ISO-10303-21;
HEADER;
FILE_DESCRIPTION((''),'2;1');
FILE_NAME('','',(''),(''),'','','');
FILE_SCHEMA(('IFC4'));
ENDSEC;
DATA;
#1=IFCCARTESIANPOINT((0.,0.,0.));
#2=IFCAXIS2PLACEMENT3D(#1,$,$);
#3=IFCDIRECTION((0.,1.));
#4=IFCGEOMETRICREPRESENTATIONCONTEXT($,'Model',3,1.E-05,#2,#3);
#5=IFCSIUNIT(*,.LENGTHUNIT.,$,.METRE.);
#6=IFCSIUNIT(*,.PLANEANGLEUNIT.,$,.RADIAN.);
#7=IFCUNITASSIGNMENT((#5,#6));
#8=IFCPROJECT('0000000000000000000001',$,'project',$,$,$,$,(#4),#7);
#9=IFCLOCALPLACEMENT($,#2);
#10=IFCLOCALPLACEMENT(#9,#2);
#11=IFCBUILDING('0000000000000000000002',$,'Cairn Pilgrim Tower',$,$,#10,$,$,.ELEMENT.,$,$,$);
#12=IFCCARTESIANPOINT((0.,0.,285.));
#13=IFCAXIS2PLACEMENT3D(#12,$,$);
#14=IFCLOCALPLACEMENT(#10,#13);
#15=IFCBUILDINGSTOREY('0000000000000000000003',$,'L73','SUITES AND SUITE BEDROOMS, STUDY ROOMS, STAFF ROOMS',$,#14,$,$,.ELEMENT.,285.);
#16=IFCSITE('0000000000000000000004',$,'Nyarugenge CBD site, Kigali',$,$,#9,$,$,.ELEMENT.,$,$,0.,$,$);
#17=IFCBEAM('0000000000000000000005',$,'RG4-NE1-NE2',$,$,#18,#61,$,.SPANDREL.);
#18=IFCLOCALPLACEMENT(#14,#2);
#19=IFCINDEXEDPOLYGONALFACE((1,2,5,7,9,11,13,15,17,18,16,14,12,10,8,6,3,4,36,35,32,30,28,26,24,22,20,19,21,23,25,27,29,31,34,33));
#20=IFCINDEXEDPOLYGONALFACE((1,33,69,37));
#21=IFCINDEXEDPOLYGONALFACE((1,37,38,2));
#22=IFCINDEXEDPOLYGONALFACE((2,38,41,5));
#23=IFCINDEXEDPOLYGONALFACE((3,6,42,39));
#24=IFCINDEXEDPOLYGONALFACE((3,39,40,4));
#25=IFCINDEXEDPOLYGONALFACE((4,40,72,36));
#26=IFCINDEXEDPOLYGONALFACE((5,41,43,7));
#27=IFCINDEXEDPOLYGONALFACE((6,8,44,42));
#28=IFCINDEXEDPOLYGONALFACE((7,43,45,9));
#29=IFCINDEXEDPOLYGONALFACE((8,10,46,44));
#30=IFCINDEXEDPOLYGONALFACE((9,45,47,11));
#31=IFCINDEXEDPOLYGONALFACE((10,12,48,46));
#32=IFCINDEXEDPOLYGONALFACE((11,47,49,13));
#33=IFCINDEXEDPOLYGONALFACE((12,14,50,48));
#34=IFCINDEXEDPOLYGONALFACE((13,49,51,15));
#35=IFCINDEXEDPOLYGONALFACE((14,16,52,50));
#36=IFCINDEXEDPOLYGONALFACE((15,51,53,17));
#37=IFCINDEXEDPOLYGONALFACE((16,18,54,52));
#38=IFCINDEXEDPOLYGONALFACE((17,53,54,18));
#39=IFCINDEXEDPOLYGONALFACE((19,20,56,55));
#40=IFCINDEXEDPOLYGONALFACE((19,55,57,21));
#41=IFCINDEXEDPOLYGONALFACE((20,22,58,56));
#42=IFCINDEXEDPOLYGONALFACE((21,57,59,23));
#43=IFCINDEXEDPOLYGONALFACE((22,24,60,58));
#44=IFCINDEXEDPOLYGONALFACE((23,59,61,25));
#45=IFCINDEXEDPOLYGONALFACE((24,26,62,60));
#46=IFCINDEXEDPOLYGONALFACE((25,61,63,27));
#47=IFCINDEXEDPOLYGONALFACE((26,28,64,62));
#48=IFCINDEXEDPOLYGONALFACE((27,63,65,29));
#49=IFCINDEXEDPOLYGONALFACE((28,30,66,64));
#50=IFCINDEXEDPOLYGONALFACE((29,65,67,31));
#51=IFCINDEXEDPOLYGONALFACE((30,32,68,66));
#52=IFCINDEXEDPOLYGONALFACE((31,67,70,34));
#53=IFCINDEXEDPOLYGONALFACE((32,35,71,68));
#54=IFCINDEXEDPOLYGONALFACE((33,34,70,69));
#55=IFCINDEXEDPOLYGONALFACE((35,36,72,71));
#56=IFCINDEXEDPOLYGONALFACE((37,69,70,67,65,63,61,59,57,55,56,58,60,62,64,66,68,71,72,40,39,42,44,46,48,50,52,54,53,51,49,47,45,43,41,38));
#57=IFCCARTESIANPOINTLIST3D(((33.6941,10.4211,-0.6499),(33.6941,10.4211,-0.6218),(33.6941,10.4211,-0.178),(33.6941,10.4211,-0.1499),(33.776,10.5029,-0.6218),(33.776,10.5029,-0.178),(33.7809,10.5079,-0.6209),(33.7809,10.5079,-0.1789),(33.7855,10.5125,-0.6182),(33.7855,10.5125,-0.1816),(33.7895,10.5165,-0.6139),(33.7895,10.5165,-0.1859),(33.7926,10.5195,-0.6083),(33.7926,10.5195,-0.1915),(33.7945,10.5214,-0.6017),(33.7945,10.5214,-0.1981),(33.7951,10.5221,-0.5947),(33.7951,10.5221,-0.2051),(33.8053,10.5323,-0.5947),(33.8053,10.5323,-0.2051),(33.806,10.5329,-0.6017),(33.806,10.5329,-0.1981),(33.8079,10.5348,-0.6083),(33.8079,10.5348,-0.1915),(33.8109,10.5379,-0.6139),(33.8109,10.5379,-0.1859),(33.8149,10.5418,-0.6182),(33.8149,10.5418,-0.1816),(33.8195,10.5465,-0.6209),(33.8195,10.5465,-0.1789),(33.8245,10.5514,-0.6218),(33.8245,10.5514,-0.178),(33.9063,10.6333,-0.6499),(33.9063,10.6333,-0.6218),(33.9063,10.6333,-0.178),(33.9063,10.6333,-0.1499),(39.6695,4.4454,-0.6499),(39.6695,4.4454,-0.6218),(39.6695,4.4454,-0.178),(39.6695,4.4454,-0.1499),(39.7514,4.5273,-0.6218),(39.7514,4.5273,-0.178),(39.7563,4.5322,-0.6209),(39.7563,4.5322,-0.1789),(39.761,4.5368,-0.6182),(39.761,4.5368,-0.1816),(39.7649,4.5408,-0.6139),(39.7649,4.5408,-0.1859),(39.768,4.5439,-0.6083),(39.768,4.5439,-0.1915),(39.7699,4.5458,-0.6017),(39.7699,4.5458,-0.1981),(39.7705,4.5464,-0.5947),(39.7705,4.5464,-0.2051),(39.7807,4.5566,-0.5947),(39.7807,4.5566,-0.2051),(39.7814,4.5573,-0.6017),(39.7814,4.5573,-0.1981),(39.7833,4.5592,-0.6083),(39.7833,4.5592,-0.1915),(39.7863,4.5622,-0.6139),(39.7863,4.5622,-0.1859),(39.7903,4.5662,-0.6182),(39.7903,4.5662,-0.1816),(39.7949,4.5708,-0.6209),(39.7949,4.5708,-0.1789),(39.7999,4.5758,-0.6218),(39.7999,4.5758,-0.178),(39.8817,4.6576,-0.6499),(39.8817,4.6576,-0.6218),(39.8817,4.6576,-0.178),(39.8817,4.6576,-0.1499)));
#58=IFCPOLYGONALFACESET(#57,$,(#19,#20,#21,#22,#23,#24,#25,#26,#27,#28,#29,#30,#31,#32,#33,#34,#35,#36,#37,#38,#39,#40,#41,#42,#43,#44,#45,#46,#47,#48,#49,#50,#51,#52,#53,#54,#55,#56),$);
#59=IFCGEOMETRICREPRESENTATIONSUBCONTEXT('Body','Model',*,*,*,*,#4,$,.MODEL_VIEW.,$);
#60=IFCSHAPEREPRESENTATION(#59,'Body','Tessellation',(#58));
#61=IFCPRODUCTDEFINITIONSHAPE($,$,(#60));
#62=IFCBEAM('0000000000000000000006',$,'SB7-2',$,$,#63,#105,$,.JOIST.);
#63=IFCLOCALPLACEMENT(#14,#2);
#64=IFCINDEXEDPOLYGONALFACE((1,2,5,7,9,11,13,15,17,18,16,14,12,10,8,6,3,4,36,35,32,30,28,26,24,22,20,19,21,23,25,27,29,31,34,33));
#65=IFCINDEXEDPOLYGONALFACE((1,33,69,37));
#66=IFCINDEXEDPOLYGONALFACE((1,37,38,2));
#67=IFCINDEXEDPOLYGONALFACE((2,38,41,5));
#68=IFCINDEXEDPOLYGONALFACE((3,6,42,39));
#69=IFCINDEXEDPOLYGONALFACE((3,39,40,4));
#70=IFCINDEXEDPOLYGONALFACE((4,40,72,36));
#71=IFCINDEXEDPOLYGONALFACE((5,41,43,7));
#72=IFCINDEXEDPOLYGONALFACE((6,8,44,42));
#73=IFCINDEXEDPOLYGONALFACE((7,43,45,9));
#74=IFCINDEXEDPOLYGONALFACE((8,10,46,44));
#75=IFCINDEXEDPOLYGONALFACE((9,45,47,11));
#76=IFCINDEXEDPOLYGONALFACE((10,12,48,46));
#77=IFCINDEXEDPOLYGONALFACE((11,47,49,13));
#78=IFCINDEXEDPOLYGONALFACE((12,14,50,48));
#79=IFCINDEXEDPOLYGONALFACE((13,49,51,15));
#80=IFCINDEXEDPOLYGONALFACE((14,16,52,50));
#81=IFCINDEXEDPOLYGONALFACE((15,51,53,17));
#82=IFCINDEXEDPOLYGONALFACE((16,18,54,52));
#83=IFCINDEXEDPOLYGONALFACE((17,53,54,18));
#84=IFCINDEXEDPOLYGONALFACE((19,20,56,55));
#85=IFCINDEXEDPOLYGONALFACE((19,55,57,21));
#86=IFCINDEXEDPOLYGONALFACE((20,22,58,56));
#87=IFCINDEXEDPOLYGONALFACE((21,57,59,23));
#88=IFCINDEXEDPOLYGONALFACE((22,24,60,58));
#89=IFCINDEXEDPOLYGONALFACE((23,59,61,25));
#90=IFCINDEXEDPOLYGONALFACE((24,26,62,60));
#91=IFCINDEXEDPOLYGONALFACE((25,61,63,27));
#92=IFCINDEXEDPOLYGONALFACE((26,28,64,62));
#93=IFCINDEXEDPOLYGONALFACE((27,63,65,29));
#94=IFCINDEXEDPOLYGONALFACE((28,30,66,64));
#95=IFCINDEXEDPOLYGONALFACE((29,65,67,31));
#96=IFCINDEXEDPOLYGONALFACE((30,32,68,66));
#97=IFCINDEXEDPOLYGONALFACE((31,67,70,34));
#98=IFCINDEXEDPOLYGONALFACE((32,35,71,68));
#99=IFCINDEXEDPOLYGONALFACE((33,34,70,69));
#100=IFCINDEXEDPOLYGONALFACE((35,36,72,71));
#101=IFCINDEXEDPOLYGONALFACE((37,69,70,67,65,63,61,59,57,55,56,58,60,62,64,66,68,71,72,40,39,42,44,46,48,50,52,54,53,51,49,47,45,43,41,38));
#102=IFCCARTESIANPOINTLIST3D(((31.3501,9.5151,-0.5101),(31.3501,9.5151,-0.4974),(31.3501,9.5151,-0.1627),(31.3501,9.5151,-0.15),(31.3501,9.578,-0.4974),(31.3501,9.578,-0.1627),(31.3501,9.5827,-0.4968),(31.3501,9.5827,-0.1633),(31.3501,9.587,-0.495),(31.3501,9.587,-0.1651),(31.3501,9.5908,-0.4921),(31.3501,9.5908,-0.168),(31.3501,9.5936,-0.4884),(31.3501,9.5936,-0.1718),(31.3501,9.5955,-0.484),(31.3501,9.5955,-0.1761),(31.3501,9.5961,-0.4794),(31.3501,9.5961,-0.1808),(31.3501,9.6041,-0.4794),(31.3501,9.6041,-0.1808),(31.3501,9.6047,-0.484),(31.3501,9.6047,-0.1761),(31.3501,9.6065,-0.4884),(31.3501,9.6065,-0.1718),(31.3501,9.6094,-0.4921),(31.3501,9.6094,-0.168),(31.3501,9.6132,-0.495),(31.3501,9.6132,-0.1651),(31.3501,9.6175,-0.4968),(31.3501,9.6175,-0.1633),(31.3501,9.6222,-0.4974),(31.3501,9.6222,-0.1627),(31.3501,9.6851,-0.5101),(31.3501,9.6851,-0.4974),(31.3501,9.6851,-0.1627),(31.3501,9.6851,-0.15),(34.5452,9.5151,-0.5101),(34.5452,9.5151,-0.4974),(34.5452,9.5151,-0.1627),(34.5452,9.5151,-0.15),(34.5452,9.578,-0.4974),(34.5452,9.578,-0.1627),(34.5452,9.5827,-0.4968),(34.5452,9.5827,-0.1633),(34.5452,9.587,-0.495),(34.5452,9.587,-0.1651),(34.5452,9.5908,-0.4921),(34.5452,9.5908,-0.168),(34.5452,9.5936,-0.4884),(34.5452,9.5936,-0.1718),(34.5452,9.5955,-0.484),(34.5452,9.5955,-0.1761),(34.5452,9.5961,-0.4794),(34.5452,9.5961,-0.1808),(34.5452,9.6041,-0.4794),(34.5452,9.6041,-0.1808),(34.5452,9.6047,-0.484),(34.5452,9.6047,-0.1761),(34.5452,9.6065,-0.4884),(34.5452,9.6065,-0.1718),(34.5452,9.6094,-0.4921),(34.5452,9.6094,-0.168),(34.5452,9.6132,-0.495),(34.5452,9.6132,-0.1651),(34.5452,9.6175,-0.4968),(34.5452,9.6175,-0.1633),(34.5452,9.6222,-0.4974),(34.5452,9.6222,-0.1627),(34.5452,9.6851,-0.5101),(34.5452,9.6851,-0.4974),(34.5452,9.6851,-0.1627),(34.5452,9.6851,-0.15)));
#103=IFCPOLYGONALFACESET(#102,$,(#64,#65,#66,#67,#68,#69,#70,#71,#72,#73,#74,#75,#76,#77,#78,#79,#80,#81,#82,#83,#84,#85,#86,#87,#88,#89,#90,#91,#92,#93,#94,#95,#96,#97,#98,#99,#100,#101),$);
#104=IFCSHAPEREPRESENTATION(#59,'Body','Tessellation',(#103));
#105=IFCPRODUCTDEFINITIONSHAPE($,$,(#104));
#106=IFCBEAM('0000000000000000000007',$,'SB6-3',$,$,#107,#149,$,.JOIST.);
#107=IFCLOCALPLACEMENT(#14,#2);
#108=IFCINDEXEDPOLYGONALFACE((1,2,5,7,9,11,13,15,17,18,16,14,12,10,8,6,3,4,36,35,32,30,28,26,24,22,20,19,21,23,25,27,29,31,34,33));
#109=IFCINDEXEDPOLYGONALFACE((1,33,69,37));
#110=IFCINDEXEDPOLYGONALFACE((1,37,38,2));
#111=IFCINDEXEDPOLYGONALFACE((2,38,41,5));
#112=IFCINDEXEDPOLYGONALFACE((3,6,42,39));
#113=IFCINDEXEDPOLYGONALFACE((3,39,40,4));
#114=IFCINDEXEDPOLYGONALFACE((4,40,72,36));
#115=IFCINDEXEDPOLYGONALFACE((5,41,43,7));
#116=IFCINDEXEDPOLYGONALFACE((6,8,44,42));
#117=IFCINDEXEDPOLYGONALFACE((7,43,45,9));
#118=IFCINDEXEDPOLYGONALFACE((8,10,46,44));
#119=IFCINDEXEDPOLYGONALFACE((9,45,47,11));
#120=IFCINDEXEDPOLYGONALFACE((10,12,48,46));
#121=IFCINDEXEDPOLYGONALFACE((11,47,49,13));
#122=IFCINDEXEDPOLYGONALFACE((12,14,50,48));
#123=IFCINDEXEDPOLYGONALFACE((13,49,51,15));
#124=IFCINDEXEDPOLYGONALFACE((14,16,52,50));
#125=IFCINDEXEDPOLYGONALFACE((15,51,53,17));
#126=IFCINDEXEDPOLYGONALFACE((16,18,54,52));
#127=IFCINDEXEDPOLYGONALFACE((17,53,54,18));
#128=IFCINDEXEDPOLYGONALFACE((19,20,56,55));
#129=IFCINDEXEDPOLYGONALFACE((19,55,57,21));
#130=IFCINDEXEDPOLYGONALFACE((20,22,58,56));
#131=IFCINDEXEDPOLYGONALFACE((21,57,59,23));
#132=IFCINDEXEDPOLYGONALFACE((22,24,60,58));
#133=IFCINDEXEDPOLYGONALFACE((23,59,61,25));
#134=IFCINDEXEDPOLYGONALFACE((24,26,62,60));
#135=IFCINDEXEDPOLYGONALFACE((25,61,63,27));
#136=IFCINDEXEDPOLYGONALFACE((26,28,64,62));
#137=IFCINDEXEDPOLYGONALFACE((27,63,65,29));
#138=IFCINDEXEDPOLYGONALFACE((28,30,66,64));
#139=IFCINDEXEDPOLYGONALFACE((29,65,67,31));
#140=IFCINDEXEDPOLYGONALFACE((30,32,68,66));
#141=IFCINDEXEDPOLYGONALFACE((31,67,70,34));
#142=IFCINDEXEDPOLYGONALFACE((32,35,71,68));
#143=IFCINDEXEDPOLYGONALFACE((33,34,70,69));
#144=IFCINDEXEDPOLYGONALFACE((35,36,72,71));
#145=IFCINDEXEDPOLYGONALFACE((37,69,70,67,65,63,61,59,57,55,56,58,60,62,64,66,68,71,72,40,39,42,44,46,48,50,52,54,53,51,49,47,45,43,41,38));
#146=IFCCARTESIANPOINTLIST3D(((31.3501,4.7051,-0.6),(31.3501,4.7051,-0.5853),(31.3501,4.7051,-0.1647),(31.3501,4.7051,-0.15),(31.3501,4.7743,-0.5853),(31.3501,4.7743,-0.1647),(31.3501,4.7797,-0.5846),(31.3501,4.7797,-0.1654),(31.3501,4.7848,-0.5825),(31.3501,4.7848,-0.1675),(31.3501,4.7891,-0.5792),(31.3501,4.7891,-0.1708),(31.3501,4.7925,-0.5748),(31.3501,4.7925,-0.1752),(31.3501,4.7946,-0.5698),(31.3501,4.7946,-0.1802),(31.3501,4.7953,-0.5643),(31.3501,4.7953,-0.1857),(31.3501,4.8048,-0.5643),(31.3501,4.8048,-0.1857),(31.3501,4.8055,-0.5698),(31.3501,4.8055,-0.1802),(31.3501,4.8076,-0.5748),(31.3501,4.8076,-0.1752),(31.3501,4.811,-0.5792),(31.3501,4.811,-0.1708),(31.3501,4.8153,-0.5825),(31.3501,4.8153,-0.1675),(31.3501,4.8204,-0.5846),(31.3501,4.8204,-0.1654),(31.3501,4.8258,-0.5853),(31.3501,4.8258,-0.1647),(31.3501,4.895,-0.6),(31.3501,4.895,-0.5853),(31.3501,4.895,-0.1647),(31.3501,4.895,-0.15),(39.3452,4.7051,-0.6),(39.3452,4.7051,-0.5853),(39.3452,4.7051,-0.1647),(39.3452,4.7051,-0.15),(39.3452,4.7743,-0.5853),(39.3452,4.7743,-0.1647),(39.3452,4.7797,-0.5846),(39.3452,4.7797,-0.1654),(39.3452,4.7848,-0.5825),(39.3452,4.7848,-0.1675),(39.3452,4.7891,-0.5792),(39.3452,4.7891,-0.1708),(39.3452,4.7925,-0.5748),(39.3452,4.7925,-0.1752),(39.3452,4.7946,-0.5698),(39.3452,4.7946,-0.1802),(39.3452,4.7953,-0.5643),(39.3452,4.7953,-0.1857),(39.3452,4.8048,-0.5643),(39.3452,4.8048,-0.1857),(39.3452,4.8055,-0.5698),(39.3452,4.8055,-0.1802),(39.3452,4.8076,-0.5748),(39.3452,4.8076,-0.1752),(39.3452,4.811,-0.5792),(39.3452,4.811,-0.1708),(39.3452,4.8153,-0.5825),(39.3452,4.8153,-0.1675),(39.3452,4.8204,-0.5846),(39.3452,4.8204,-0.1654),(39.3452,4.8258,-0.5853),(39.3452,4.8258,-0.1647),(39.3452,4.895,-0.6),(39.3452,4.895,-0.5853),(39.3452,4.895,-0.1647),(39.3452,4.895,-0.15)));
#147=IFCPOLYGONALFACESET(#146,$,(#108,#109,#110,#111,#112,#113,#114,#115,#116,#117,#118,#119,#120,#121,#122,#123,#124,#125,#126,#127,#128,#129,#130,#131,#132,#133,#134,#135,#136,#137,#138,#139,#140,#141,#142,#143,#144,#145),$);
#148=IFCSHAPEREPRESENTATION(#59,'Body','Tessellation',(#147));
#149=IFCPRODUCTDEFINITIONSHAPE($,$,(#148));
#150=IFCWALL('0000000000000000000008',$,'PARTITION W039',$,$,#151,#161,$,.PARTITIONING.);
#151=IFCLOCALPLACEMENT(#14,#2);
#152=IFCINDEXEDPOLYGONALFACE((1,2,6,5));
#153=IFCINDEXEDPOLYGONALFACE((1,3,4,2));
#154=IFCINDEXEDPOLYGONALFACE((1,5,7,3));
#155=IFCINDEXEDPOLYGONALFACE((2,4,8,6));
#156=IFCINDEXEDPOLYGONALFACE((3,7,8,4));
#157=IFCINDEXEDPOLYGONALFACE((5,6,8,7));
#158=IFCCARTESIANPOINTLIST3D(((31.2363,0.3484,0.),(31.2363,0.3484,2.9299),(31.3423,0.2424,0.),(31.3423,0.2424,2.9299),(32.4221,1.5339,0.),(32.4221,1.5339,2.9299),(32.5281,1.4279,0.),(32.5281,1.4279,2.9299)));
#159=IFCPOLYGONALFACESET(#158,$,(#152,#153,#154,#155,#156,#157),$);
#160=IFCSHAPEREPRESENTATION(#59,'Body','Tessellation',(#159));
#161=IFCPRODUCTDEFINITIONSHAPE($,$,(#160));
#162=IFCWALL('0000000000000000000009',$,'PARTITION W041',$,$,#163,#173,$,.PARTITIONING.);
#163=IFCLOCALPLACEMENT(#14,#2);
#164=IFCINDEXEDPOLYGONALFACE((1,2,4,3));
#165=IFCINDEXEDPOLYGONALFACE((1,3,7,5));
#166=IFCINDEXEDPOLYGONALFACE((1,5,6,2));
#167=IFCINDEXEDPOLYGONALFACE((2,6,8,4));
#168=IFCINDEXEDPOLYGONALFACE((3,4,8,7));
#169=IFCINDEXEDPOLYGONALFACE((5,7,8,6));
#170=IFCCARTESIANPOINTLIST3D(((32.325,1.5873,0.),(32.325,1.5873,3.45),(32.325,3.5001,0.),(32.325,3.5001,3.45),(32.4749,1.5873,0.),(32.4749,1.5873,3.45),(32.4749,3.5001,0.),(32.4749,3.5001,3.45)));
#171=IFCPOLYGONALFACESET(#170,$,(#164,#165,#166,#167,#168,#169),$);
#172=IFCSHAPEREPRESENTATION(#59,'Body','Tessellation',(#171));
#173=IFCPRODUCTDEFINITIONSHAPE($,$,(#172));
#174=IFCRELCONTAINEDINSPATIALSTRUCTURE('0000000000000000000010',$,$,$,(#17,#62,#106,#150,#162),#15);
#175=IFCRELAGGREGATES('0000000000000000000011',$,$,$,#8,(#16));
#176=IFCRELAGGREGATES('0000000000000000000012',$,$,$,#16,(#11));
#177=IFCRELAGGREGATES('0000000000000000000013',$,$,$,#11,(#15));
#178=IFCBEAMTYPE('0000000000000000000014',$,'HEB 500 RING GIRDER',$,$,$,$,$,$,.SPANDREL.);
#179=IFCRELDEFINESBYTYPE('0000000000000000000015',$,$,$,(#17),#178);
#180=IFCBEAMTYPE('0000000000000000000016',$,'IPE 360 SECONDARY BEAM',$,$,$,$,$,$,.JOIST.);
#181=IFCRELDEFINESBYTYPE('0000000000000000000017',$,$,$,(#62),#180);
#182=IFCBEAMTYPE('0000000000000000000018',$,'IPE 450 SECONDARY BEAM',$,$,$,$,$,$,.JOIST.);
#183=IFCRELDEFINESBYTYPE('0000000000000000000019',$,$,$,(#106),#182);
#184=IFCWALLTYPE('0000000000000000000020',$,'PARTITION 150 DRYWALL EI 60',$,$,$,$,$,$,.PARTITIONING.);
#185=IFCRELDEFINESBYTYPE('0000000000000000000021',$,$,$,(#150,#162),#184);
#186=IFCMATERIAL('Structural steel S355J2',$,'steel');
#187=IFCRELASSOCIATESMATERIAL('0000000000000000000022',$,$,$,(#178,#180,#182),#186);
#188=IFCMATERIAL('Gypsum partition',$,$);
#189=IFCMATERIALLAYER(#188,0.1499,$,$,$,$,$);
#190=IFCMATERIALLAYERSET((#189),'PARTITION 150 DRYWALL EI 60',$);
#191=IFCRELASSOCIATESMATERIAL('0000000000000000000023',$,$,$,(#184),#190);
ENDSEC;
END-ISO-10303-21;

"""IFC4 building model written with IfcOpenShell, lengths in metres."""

from ifc_helpers import new_model, si_unit, direction, frame, frame_2d, origin, origin_2d, place, context, subcontext, project, spatial, rectangle, i_section, extrude, material, layer, layer_set, material_profile, profile_set, type_object, element, save


model = new_model("IFC4")

# Units and contexts
model_context = context("Model", 3, precision=1e-05, world=origin(), true_north=direction((0.0, 1.0)))
body_context = subcontext(model_context, "Body", "Model", "MODEL_VIEW")
ifc_project = project(units=[si_unit("LENGTHUNIT", "METRE"), si_unit("PLANEANGLEUNIT", "RADIAN")], contexts=[model_context])

# Site, building, storey
site_placement = place(None, origin())
site = spatial("IfcSite", under=ifc_project, at=site_placement, Name="Nyarugenge CBD site, Kigali", CompositionType="ELEMENT", RefElevation=0.0)
building_placement = place(site_placement, origin())
building = spatial("IfcBuilding", under=site, at=building_placement, Name="Cairn Pilgrim Tower", CompositionType="ELEMENT")
storey_placement = place(building_placement, frame((0.0, 0.0, 285.0)))
storey = spatial("IfcBuildingStorey", under=building, at=storey_placement, Name="L73", Description="SUITES AND SUITE BEDROOMS, STUDY ROOMS, STAFF ROOMS", CompositionType="ELEMENT", Elevation=285.0)

# Shared definitions
ifc_material_1 = material(Name="Structural steel S355J2", Category="steel")

# Beams
ifc_material_profile_1 = material_profile(ifc_material_1, i_section(OverallWidth=0.3, OverallDepth=0.5, WebThickness=0.0144, FlangeThickness=0.0281, FilletRadius=0.0271, at=origin_2d()), Name="HEB 500")
ifc_profile_set_1 = profile_set([ifc_material_profile_1], Name="Structural steel S355J2")
beam_type_1 = type_object("IfcBeamType", Name="HEB 500 RING GIRDER", PredefinedType="SPANDREL", material=ifc_profile_set_1)
beam_1_placement = place(storey_placement, frame((39.7756, 4.5515, -0.3999), z_axis=(-0.707092, 0.707121, 0.0), x_axis=(-0.707121, -0.707092, 0.0)))
element("IfcBeam", 1, at=beam_1_placement, inside=storey, type_object=beam_type_1, Name="RG4-NE1-NE2", PredefinedType="SPANDREL", context=body_context, shape_type="SweptSolid", body=[
    extrude(i_section(OverallWidth=0.3, OverallDepth=0.5, WebThickness=0.0144, FlangeThickness=0.0281, FilletRadius=0.0271, at=origin_2d()), origin(), (0.0, 0.0, 1.0), 8.4507),
])
ifc_material_profile_2 = material_profile(ifc_material_1, i_section(OverallWidth=0.1699, OverallDepth=0.3601, WebThickness=0.0081, FlangeThickness=0.0127, FilletRadius=0.0181, at=origin_2d()), Name="IPE 360")
ifc_profile_set_2 = profile_set([ifc_material_profile_2], Name="Structural steel S355J2")
beam_type_2 = type_object("IfcBeamType", Name="IPE 360 SECONDARY BEAM", PredefinedType="JOIST", material=ifc_profile_set_2)
beam_2_placement = place(storey_placement, frame((31.3501, 9.6001, -0.3301), z_axis=(1.0, 0.0, 0.0), x_axis=(0.0, 1.0, 0.0)))
element("IfcBeam", 2, at=beam_2_placement, inside=storey, type_object=beam_type_2, Name="SB7-2", PredefinedType="JOIST", context=body_context, shape_type="SweptSolid", body=[
    extrude(i_section(OverallWidth=0.1699, OverallDepth=0.3601, WebThickness=0.0081, FlangeThickness=0.0127, FilletRadius=0.0181, at=origin_2d()), origin(), (0.0, 0.0, 1.0), 3.1951),
])
ifc_material_profile_3 = material_profile(ifc_material_1, i_section(OverallWidth=0.1899, OverallDepth=0.45, WebThickness=0.0095, FlangeThickness=0.0146, FilletRadius=0.021, at=origin_2d()), Name="IPE 450")
ifc_profile_set_3 = profile_set([ifc_material_profile_3], Name="Structural steel S355J2")
beam_type_3 = type_object("IfcBeamType", Name="IPE 450 SECONDARY BEAM", PredefinedType="JOIST", material=ifc_profile_set_3)
beam_3_placement = place(storey_placement, frame((31.3501, 4.8, -0.375), z_axis=(1.0, 0.0, 0.0), x_axis=(0.0, 1.0, 0.0)))
element("IfcBeam", 3, at=beam_3_placement, inside=storey, type_object=beam_type_3, Name="SB6-3", PredefinedType="JOIST", context=body_context, shape_type="SweptSolid", body=[
    extrude(i_section(OverallWidth=0.1899, OverallDepth=0.45, WebThickness=0.0095, FlangeThickness=0.0146, FilletRadius=0.021, at=origin_2d()), origin(), (0.0, 0.0, 1.0), 7.9951),
])

# Walls
ifc_material_2 = material(Name="Gypsum partition")
ifc_layer_1 = layer(ifc_material_2, 0.1499)
ifc_layer_set_1 = layer_set([ifc_layer_1], Name="PARTITION 150 DRYWALL EI 60")
wall_type_1 = type_object("IfcWallType", Name="PARTITION 150 DRYWALL EI 60", PredefinedType="PARTITIONING", material=ifc_layer_set_1)
wall_1_placement = place(storey_placement, frame((31.2893, 0.2954, 0.0), z_axis=(0.0, 0.0, 1.0), x_axis=(0.70718, 0.707034, 0.0)))
element("IfcWall", 4, at=wall_1_placement, inside=storey, type_object=wall_type_1, Name="PARTITION W039", PredefinedType="PARTITIONING", context=body_context, shape_type="SweptSolid", body=[
    extrude(rectangle(XDim=1.6768, YDim=0.1499, at=frame_2d((0.8384, 0.0))), origin(), (0.0, 0.0, 1.0), 2.9299),
])
wall_2_placement = place(storey_placement, frame((32.3999, 1.5872, 0.0), z_axis=(0.0, 0.0, 1.0), x_axis=(0.0, 1.0, 0.0)))
element("IfcWall", 5, at=wall_2_placement, inside=storey, type_object=wall_type_1, Name="PARTITION W041", PredefinedType="PARTITIONING", context=body_context, shape_type="SweptSolid", body=[
    extrude(rectangle(XDim=1.9128, YDim=0.1499, at=frame_2d((0.9565, 0.0))), origin(), (0.0, 0.0, 1.0), 3.45),
])

save(model, "model.ifc")
